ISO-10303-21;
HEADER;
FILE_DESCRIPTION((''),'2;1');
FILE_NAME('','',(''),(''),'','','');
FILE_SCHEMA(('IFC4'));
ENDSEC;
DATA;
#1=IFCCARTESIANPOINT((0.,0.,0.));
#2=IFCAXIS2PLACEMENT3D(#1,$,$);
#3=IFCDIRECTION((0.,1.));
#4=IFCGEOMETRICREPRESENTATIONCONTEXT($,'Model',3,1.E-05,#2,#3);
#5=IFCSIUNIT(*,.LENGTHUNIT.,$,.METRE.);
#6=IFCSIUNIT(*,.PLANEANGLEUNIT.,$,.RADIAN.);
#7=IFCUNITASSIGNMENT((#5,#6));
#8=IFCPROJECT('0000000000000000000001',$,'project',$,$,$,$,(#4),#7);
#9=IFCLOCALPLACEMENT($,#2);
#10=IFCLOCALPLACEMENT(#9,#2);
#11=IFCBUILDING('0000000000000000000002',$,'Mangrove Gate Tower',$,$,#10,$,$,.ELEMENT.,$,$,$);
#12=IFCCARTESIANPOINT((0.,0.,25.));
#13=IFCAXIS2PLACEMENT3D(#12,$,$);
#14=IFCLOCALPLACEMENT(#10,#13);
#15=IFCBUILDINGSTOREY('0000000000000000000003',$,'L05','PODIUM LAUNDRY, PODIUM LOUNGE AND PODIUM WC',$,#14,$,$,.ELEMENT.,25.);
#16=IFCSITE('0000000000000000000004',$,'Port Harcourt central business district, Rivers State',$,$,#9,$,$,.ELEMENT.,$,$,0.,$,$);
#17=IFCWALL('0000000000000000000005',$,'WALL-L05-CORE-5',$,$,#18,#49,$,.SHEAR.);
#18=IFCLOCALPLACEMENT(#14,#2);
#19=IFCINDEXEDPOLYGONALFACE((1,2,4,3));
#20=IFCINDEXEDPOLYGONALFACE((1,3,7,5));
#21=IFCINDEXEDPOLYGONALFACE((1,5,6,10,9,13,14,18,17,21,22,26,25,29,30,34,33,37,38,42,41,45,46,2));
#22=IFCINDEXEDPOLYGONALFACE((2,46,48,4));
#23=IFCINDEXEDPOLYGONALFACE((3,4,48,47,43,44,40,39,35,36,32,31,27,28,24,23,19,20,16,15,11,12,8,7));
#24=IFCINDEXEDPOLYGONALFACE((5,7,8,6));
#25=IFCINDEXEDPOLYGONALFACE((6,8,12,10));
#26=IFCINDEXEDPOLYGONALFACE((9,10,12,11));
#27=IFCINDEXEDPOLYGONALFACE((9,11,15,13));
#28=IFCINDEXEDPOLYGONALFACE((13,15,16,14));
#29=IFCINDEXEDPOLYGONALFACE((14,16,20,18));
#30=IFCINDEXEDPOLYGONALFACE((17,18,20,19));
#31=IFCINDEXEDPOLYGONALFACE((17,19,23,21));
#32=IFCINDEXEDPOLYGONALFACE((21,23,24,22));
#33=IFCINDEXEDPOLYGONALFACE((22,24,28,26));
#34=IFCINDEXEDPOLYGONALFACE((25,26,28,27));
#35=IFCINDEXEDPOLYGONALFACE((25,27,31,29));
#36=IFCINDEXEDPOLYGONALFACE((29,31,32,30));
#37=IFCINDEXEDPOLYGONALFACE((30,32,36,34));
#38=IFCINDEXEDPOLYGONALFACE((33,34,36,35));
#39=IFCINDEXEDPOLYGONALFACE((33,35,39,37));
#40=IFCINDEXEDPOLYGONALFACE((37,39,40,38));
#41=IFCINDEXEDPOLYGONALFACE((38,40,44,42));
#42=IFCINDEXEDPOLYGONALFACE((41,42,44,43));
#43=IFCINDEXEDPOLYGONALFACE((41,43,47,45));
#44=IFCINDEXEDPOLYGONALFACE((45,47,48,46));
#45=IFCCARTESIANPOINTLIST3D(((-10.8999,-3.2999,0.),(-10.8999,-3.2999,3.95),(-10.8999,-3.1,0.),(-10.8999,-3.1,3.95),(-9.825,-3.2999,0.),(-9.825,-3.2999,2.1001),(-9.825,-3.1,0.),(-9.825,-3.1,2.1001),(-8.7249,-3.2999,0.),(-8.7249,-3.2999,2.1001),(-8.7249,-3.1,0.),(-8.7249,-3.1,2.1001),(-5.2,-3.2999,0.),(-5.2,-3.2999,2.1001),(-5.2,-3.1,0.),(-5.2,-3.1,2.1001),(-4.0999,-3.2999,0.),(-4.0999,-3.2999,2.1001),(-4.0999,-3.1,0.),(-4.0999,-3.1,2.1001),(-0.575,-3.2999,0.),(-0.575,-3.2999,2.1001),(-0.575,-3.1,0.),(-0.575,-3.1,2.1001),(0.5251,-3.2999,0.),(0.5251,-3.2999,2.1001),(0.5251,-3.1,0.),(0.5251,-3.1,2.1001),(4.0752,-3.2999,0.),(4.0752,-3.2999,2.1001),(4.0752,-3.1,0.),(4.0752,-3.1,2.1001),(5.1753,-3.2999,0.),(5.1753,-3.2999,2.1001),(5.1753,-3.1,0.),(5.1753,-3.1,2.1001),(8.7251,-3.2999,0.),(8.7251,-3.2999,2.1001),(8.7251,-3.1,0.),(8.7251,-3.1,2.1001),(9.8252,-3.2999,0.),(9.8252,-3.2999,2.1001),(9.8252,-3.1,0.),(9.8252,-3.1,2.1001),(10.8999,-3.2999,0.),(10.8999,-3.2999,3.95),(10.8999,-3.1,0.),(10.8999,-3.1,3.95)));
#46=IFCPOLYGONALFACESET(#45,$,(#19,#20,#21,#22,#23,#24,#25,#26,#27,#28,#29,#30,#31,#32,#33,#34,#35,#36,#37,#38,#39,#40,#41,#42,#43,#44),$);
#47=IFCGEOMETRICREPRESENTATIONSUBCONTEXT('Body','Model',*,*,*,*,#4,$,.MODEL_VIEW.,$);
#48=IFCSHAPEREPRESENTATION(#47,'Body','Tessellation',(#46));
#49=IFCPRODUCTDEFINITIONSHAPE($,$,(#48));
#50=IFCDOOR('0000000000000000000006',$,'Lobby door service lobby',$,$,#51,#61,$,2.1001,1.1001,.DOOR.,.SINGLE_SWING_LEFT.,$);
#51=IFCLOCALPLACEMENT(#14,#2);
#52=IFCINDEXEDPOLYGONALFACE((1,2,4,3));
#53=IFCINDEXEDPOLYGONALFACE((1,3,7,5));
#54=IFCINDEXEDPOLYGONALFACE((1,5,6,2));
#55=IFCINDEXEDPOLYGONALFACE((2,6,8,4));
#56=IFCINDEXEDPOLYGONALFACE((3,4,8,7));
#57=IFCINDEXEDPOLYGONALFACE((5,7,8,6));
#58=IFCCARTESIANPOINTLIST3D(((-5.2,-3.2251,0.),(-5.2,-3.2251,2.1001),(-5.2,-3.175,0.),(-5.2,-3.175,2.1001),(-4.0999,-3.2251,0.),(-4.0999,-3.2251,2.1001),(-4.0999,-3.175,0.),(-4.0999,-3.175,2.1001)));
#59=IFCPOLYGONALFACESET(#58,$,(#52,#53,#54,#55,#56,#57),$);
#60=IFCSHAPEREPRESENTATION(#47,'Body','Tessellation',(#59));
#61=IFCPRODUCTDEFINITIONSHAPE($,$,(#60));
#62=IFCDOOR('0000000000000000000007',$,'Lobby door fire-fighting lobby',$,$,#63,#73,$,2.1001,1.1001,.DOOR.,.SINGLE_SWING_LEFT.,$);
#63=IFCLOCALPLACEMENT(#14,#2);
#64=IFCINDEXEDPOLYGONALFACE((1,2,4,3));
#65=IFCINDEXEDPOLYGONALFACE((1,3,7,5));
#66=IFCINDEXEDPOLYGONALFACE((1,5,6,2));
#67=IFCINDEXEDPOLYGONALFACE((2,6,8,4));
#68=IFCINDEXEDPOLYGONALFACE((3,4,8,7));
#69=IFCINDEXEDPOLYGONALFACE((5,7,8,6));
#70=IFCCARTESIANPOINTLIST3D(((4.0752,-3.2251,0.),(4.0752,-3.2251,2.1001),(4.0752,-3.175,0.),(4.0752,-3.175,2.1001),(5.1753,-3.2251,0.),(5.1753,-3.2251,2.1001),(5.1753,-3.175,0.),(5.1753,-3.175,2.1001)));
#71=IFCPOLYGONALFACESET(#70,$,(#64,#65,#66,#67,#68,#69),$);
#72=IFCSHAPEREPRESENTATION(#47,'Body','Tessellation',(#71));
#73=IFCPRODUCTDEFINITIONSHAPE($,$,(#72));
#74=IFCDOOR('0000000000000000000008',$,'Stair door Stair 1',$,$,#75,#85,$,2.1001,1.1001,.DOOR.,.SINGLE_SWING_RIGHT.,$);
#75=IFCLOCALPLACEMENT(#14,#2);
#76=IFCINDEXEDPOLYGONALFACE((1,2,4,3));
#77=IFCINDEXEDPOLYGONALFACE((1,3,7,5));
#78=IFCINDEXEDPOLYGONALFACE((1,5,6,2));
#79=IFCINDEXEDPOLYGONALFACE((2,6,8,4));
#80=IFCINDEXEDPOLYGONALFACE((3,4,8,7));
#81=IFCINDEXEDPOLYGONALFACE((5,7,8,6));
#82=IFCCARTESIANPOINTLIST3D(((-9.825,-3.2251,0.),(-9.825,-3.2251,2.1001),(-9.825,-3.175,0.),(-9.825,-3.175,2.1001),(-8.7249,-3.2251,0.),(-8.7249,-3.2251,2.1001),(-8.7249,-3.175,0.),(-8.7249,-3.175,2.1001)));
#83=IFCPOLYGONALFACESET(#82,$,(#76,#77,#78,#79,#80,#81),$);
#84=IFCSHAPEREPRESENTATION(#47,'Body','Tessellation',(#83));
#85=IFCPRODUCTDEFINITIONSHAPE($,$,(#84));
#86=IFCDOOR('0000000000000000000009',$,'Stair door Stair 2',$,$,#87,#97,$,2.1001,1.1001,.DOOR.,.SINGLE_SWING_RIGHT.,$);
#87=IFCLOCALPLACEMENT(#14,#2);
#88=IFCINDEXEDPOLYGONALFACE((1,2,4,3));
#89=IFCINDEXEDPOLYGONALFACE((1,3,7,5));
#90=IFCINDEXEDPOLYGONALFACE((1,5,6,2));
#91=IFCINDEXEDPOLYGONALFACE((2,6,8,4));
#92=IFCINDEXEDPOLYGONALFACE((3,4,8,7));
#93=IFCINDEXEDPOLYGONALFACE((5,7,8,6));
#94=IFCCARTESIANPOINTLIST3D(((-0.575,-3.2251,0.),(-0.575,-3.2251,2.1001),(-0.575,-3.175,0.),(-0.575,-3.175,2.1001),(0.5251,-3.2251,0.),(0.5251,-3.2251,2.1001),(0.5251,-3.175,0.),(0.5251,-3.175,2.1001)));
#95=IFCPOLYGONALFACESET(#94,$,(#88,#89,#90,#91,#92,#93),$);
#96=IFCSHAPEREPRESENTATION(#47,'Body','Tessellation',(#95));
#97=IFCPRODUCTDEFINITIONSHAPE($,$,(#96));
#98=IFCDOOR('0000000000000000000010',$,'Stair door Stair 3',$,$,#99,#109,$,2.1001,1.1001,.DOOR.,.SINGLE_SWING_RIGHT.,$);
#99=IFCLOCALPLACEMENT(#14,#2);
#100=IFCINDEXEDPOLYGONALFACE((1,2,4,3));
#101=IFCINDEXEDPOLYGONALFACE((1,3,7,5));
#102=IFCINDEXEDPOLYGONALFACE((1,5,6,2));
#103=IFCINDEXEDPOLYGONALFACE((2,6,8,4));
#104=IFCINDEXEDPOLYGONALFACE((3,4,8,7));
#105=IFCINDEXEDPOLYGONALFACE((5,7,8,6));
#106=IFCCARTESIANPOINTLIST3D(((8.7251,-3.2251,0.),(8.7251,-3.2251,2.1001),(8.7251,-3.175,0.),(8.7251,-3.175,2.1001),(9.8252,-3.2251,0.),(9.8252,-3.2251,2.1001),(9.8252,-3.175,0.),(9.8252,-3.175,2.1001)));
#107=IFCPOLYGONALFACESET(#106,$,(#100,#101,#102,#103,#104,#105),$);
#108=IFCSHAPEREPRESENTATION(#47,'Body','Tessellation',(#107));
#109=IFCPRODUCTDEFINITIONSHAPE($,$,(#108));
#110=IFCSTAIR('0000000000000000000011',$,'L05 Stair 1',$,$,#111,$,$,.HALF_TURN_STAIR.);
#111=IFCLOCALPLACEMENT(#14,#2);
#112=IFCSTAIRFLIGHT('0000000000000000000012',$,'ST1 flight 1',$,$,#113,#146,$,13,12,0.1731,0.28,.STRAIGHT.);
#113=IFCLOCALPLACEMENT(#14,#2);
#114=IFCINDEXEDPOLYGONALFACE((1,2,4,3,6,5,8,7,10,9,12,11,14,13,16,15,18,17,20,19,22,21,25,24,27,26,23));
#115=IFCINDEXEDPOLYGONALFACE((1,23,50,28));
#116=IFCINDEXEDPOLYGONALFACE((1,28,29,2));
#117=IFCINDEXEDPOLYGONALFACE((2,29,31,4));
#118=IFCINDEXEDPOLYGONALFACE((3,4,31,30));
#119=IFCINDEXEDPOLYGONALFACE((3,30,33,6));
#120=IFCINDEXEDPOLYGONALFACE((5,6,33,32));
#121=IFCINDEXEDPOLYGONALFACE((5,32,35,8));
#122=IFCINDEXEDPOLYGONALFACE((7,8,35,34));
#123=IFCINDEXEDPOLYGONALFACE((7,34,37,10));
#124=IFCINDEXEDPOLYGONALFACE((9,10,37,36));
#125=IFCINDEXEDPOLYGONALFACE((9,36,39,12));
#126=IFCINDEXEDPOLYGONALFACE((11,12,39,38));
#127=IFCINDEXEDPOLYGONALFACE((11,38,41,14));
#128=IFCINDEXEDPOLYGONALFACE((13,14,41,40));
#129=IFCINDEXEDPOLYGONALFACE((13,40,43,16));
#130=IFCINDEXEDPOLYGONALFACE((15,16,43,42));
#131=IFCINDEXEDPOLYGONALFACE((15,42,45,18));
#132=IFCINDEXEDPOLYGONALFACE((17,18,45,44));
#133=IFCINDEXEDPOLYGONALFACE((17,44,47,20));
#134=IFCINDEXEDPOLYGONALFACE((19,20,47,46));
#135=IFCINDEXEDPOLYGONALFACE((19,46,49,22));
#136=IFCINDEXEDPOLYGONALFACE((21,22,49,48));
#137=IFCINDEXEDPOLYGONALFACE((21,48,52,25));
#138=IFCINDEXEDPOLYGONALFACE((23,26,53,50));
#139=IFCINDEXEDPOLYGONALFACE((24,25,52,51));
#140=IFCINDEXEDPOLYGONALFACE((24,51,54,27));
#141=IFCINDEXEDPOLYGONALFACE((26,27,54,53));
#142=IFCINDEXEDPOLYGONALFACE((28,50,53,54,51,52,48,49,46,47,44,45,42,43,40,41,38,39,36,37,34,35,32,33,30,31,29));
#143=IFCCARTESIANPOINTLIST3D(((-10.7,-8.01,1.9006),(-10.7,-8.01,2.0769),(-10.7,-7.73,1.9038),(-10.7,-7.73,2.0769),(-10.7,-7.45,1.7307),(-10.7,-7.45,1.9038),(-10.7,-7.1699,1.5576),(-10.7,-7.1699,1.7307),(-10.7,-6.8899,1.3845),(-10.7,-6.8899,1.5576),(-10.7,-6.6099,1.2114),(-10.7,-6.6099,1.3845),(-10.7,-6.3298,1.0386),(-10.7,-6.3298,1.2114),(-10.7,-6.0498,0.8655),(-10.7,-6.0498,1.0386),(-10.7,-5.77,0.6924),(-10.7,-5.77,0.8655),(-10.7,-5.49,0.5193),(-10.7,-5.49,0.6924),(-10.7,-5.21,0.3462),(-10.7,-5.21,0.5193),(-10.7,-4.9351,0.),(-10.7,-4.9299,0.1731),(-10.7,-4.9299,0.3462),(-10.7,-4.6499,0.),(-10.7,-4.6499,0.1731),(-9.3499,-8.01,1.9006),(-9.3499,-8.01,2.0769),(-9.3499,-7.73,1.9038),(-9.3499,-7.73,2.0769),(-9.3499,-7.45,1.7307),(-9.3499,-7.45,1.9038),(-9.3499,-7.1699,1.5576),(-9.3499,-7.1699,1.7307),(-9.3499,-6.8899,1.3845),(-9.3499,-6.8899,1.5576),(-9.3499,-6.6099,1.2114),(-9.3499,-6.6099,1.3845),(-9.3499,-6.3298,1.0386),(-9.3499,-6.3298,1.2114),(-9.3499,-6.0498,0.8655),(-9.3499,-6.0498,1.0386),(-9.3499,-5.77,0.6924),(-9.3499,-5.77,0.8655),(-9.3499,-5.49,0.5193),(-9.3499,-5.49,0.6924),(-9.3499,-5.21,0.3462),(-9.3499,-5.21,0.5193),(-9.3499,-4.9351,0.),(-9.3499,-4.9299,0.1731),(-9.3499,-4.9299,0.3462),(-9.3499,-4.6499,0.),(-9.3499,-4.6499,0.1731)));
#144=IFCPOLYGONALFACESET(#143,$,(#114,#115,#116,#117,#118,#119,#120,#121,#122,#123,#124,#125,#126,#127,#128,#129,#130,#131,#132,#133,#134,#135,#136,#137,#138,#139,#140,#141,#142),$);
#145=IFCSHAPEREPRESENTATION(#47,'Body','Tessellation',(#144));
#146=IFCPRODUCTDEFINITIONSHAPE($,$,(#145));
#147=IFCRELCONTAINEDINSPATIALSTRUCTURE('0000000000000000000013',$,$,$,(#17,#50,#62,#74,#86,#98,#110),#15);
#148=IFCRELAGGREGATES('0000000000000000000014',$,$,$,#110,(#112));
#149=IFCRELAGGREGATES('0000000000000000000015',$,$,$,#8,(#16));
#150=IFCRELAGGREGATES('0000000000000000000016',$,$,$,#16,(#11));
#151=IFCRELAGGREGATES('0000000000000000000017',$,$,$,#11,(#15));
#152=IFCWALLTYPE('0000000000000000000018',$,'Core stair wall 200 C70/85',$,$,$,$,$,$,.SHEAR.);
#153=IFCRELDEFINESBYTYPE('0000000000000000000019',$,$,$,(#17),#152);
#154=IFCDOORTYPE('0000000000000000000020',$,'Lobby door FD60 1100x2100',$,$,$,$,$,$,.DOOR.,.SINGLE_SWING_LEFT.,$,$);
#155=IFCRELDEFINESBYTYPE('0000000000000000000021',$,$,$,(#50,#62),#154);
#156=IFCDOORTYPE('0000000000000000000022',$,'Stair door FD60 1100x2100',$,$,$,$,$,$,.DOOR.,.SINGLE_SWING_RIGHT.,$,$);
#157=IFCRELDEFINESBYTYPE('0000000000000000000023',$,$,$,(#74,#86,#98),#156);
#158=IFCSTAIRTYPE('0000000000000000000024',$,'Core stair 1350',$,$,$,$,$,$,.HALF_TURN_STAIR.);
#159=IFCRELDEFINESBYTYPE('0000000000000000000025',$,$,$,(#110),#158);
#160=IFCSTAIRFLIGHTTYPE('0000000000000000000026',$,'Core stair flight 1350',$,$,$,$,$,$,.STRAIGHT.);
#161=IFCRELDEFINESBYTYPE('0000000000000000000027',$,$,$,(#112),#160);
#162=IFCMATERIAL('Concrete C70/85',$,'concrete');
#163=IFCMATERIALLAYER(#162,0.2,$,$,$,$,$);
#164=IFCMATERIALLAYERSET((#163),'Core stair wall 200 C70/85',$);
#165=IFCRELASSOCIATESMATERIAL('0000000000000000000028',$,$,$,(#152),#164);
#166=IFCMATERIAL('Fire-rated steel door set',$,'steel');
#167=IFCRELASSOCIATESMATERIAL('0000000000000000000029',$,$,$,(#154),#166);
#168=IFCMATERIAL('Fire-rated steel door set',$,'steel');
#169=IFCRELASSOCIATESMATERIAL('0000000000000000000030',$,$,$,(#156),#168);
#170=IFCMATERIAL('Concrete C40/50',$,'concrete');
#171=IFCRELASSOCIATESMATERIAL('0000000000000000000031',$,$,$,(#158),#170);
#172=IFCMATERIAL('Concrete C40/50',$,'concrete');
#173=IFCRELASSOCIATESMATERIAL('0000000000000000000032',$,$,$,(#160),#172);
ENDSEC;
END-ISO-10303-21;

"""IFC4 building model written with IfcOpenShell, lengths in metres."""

from ifc_helpers import new_model, si_unit, direction, frame, frame_2d, origin, place, context, subcontext, project, spatial, polyline, rectangle, outline, extrude, material, layer, layer_set, type_object, element, fill, aggregate, save


model = new_model("IFC4")

# Units and contexts
model_context = context("Model", 3, precision=1e-05, world=origin(), true_north=direction((0.0, 1.0)))
body_context = subcontext(model_context, "Body", "Model", "MODEL_VIEW")
ifc_project = project(units=[si_unit("LENGTHUNIT", "METRE"), si_unit("PLANEANGLEUNIT", "RADIAN")], contexts=[model_context])

# Site, building, storey
site_placement = place(None, origin())
site = spatial("IfcSite", under=ifc_project, at=site_placement, Name="Port Harcourt central business district, Rivers State", CompositionType="ELEMENT", RefElevation=0.0)
building_placement = place(site_placement, origin())
building = spatial("IfcBuilding", under=site, at=building_placement, Name="Mangrove Gate Tower", CompositionType="ELEMENT")
storey_placement = place(building_placement, frame((0.0, 0.0, 25.0)))
storey = spatial("IfcBuildingStorey", under=building, at=storey_placement, Name="L05", Description="PODIUM LAUNDRY, PODIUM LOUNGE AND PODIUM WC", CompositionType="ELEMENT", Elevation=25.0)

# Wall, openings, doors
ifc_material_1 = material(Name="Concrete C70/85", Category="concrete")
ifc_layer = layer(ifc_material_1, 0.2)
ifc_layer_set = layer_set([ifc_layer], Name="Core stair wall 200 C70/85")
wall_type = type_object("IfcWallType", Name="Core stair wall 200 C70/85", PredefinedType="SHEAR", material=ifc_layer_set)
wall_placement = place(storey_placement, frame((-10.8999, -3.2, 0.0), z_axis=(0.0, 0.0, 1.0), x_axis=(1.0, 0.0, 0.0)))
wall = element("IfcWall", 1, at=wall_placement, inside=storey, type_object=wall_type, Name="WALL-L05-CORE-5", PredefinedType="SHEAR", context=body_context, shape_type="SweptSolid", body=[
    extrude(rectangle(XDim=21.7998, YDim=0.2, at=frame_2d((10.8999, 0.0))), origin(), (0.0, 0.0, 1.0), 3.95),
])
opening_1_placement = place(wall_placement, frame((1.075, 0.0, 0.0)))
opening_1 = element("IfcOpeningElement", 2, at=opening_1_placement, cuts=wall, PredefinedType="OPENING", context=body_context, shape_type="SweptSolid", body=[
    extrude(rectangle(XDim=1.1001, YDim=2.1001, at=frame_2d((0.55, 1.05))), frame((0.0, 0.1099, 0.0), z_axis=(0.0, -1.0, 0.0), x_axis=(1.0, 0.0, 0.0)), (0.0, 0.0, 1.0), 0.22),
])
opening_2_placement = place(wall_placement, frame((10.325, 0.0, 0.0)))
opening_2 = element("IfcOpeningElement", 3, at=opening_2_placement, cuts=wall, PredefinedType="OPENING", context=body_context, shape_type="SweptSolid", body=[
    extrude(rectangle(XDim=1.1001, YDim=2.1001, at=frame_2d((0.55, 1.05))), frame((0.0, 0.1099, 0.0), z_axis=(0.0, -1.0, 0.0), x_axis=(1.0, 0.0, 0.0)), (0.0, 0.0, 1.0), 0.22),
])
opening_3_placement = place(wall_placement, frame((19.625, 0.0, 0.0)))
opening_3 = element("IfcOpeningElement", 4, at=opening_3_placement, cuts=wall, PredefinedType="OPENING", context=body_context, shape_type="SweptSolid", body=[
    extrude(rectangle(XDim=1.1001, YDim=2.1001, at=frame_2d((0.55, 1.05))), frame((0.0, 0.1099, 0.0), z_axis=(0.0, -1.0, 0.0), x_axis=(1.0, 0.0, 0.0)), (0.0, 0.0, 1.0), 0.22),
])
opening_4_placement = place(wall_placement, frame((5.7, 0.0, 0.0)))
opening_4 = element("IfcOpeningElement", 5, at=opening_4_placement, cuts=wall, PredefinedType="OPENING", context=body_context, shape_type="SweptSolid", body=[
    extrude(rectangle(XDim=1.1001, YDim=2.1001, at=frame_2d((0.55, 1.05))), frame((0.0, 0.1099, 0.0), z_axis=(0.0, -1.0, 0.0), x_axis=(1.0, 0.0, 0.0)), (0.0, 0.0, 1.0), 0.22),
])
opening_5_placement = place(wall_placement, frame((14.9751, 0.0, 0.0)))
opening_5 = element("IfcOpeningElement", 6, at=opening_5_placement, cuts=wall, PredefinedType="OPENING", context=body_context, shape_type="SweptSolid", body=[
    extrude(rectangle(XDim=1.1001, YDim=2.1001, at=frame_2d((0.55, 1.05))), frame((0.0, 0.1099, 0.0), z_axis=(0.0, -1.0, 0.0), x_axis=(1.0, 0.0, 0.0)), (0.0, 0.0, 1.0), 0.22),
])
ifc_material_2 = material(Name="Fire-rated steel door set", Category="steel")
door_type_1 = type_object("IfcDoorType", Name="Lobby door FD60 1100x2100", OperationType="SINGLE_SWING_LEFT", PredefinedType="DOOR", material=ifc_material_2)
door_1_placement = place(opening_4_placement, origin())
door_1 = element("IfcDoor", 7, at=door_1_placement, inside=storey, type_object=door_type_1, Name="Lobby door service lobby", OperationType="SINGLE_SWING_LEFT", OverallHeight=2.1001, OverallWidth=1.1001, PredefinedType="DOOR", context=body_context, shape_type="SweptSolid", body=[
    extrude(rectangle(XDim=1.1001, YDim=2.1001, at=frame_2d((0.55, 1.05))), frame((0.0, 0.0249, 0.0), z_axis=(0.0, -1.0, 0.0), x_axis=(1.0, 0.0, 0.0)), (0.0, 0.0, 1.0), 0.05),
])
fill(opening_4, door_1)
door_2_placement = place(opening_5_placement, origin())
door_2 = element("IfcDoor", 8, at=door_2_placement, inside=storey, type_object=door_type_1, Name="Lobby door fire-fighting lobby", OperationType="SINGLE_SWING_LEFT", OverallHeight=2.1001, OverallWidth=1.1001, PredefinedType="DOOR", context=body_context, shape_type="SweptSolid", body=[
    extrude(rectangle(XDim=1.1001, YDim=2.1001, at=frame_2d((0.55, 1.05))), frame((0.0, 0.0249, 0.0), z_axis=(0.0, -1.0, 0.0), x_axis=(1.0, 0.0, 0.0)), (0.0, 0.0, 1.0), 0.05),
])
fill(opening_5, door_2)
ifc_material_3 = material(Name="Fire-rated steel door set", Category="steel")
door_type_2 = type_object("IfcDoorType", Name="Stair door FD60 1100x2100", OperationType="SINGLE_SWING_RIGHT", PredefinedType="DOOR", material=ifc_material_3)
door_3_placement = place(opening_1_placement, origin())
door_3 = element("IfcDoor", 9, at=door_3_placement, inside=storey, type_object=door_type_2, Name="Stair door Stair 1", OperationType="SINGLE_SWING_RIGHT", OverallHeight=2.1001, OverallWidth=1.1001, PredefinedType="DOOR", context=body_context, shape_type="SweptSolid", body=[
    extrude(rectangle(XDim=1.1001, YDim=2.1001, at=frame_2d((0.55, 1.05))), frame((0.0, 0.0249, 0.0), z_axis=(0.0, -1.0, 0.0), x_axis=(1.0, 0.0, 0.0)), (0.0, 0.0, 1.0), 0.05),
])
fill(opening_1, door_3)
door_4_placement = place(opening_2_placement, origin())
door_4 = element("IfcDoor", 10, at=door_4_placement, inside=storey, type_object=door_type_2, Name="Stair door Stair 2", OperationType="SINGLE_SWING_RIGHT", OverallHeight=2.1001, OverallWidth=1.1001, PredefinedType="DOOR", context=body_context, shape_type="SweptSolid", body=[
    extrude(rectangle(XDim=1.1001, YDim=2.1001, at=frame_2d((0.55, 1.05))), frame((0.0, 0.0249, 0.0), z_axis=(0.0, -1.0, 0.0), x_axis=(1.0, 0.0, 0.0)), (0.0, 0.0, 1.0), 0.05),
])
fill(opening_2, door_4)
door_5_placement = place(opening_3_placement, origin())
door_5 = element("IfcDoor", 11, at=door_5_placement, inside=storey, type_object=door_type_2, Name="Stair door Stair 3", OperationType="SINGLE_SWING_RIGHT", OverallHeight=2.1001, OverallWidth=1.1001, PredefinedType="DOOR", context=body_context, shape_type="SweptSolid", body=[
    extrude(rectangle(XDim=1.1001, YDim=2.1001, at=frame_2d((0.55, 1.05))), frame((0.0, 0.0249, 0.0), z_axis=(0.0, -1.0, 0.0), x_axis=(1.0, 0.0, 0.0)), (0.0, 0.0, 1.0), 0.05),
])
fill(opening_3, door_5)

# Stair, stair flight
ifc_material_4 = material(Name="Concrete C40/50", Category="concrete")
stair_type = type_object("IfcStairType", Name="Core stair 1350", PredefinedType="HALF_TURN_STAIR", material=ifc_material_4)
stair_placement = place(storey_placement, origin())
stair = element("IfcStair", 12, at=stair_placement, inside=storey, type_object=stair_type, Name="L05 Stair 1", PredefinedType="HALF_TURN_STAIR")
ifc_material_5 = material(Name="Concrete C40/50", Category="concrete")
stair_flight_type = type_object("IfcStairFlightType", Name="Core stair flight 1350", PredefinedType="STRAIGHT", material=ifc_material_5)
stair_flight_placement = place(storey_placement, frame((-10.0249, -4.6499, 0.0), z_axis=(0.0, 0.0, 1.0), x_axis=(0.0, -1.0, 0.0)))
stair_flight = element("IfcStairFlight", 13, at=stair_flight_placement, type_object=stair_flight_type, Name="ST1 flight 1", NumberOfRisers=13, NumberOfTreads=12, PredefinedType="STRAIGHT", RiserHeight=0.1731, TreadLength=0.28, context=body_context, shape_type="SweptSolid", body=[
    extrude(outline(polyline([(0.0, 0.0), (0.0, 0.1731), (0.28, 0.1731), (0.28, 0.3462), (0.5601, 0.3462), (0.5601, 0.5193), (0.8401, 0.5193), (0.8401, 0.6924), (1.1201, 0.6924), (1.1201, 0.8655), (1.3999, 0.8655), (1.3999, 1.0386), (1.6799, 1.0386), (1.6799, 1.2114), (1.96, 1.2114), (1.96, 1.3845), (2.24, 1.3845), (2.24, 1.5576), (2.52, 1.5576), (2.52, 1.7307), (2.8, 1.7307), (2.8, 1.9038), (3.0801, 1.9038), (3.0801, 2.0769), (3.3601, 2.0769), (3.3601, 2.25), (3.3601, 1.9006), (0.2852, 0.0), (0.0, 0.0)])), frame((0.0, 0.675, 0.0), z_axis=(0.0, -1.0, 0.0), x_axis=(1.0, 0.0, 0.0)), (0.0, 0.0, 1.0), 1.3501),
])
aggregate(stair, [stair_flight])

save(model, "model.ifc")
